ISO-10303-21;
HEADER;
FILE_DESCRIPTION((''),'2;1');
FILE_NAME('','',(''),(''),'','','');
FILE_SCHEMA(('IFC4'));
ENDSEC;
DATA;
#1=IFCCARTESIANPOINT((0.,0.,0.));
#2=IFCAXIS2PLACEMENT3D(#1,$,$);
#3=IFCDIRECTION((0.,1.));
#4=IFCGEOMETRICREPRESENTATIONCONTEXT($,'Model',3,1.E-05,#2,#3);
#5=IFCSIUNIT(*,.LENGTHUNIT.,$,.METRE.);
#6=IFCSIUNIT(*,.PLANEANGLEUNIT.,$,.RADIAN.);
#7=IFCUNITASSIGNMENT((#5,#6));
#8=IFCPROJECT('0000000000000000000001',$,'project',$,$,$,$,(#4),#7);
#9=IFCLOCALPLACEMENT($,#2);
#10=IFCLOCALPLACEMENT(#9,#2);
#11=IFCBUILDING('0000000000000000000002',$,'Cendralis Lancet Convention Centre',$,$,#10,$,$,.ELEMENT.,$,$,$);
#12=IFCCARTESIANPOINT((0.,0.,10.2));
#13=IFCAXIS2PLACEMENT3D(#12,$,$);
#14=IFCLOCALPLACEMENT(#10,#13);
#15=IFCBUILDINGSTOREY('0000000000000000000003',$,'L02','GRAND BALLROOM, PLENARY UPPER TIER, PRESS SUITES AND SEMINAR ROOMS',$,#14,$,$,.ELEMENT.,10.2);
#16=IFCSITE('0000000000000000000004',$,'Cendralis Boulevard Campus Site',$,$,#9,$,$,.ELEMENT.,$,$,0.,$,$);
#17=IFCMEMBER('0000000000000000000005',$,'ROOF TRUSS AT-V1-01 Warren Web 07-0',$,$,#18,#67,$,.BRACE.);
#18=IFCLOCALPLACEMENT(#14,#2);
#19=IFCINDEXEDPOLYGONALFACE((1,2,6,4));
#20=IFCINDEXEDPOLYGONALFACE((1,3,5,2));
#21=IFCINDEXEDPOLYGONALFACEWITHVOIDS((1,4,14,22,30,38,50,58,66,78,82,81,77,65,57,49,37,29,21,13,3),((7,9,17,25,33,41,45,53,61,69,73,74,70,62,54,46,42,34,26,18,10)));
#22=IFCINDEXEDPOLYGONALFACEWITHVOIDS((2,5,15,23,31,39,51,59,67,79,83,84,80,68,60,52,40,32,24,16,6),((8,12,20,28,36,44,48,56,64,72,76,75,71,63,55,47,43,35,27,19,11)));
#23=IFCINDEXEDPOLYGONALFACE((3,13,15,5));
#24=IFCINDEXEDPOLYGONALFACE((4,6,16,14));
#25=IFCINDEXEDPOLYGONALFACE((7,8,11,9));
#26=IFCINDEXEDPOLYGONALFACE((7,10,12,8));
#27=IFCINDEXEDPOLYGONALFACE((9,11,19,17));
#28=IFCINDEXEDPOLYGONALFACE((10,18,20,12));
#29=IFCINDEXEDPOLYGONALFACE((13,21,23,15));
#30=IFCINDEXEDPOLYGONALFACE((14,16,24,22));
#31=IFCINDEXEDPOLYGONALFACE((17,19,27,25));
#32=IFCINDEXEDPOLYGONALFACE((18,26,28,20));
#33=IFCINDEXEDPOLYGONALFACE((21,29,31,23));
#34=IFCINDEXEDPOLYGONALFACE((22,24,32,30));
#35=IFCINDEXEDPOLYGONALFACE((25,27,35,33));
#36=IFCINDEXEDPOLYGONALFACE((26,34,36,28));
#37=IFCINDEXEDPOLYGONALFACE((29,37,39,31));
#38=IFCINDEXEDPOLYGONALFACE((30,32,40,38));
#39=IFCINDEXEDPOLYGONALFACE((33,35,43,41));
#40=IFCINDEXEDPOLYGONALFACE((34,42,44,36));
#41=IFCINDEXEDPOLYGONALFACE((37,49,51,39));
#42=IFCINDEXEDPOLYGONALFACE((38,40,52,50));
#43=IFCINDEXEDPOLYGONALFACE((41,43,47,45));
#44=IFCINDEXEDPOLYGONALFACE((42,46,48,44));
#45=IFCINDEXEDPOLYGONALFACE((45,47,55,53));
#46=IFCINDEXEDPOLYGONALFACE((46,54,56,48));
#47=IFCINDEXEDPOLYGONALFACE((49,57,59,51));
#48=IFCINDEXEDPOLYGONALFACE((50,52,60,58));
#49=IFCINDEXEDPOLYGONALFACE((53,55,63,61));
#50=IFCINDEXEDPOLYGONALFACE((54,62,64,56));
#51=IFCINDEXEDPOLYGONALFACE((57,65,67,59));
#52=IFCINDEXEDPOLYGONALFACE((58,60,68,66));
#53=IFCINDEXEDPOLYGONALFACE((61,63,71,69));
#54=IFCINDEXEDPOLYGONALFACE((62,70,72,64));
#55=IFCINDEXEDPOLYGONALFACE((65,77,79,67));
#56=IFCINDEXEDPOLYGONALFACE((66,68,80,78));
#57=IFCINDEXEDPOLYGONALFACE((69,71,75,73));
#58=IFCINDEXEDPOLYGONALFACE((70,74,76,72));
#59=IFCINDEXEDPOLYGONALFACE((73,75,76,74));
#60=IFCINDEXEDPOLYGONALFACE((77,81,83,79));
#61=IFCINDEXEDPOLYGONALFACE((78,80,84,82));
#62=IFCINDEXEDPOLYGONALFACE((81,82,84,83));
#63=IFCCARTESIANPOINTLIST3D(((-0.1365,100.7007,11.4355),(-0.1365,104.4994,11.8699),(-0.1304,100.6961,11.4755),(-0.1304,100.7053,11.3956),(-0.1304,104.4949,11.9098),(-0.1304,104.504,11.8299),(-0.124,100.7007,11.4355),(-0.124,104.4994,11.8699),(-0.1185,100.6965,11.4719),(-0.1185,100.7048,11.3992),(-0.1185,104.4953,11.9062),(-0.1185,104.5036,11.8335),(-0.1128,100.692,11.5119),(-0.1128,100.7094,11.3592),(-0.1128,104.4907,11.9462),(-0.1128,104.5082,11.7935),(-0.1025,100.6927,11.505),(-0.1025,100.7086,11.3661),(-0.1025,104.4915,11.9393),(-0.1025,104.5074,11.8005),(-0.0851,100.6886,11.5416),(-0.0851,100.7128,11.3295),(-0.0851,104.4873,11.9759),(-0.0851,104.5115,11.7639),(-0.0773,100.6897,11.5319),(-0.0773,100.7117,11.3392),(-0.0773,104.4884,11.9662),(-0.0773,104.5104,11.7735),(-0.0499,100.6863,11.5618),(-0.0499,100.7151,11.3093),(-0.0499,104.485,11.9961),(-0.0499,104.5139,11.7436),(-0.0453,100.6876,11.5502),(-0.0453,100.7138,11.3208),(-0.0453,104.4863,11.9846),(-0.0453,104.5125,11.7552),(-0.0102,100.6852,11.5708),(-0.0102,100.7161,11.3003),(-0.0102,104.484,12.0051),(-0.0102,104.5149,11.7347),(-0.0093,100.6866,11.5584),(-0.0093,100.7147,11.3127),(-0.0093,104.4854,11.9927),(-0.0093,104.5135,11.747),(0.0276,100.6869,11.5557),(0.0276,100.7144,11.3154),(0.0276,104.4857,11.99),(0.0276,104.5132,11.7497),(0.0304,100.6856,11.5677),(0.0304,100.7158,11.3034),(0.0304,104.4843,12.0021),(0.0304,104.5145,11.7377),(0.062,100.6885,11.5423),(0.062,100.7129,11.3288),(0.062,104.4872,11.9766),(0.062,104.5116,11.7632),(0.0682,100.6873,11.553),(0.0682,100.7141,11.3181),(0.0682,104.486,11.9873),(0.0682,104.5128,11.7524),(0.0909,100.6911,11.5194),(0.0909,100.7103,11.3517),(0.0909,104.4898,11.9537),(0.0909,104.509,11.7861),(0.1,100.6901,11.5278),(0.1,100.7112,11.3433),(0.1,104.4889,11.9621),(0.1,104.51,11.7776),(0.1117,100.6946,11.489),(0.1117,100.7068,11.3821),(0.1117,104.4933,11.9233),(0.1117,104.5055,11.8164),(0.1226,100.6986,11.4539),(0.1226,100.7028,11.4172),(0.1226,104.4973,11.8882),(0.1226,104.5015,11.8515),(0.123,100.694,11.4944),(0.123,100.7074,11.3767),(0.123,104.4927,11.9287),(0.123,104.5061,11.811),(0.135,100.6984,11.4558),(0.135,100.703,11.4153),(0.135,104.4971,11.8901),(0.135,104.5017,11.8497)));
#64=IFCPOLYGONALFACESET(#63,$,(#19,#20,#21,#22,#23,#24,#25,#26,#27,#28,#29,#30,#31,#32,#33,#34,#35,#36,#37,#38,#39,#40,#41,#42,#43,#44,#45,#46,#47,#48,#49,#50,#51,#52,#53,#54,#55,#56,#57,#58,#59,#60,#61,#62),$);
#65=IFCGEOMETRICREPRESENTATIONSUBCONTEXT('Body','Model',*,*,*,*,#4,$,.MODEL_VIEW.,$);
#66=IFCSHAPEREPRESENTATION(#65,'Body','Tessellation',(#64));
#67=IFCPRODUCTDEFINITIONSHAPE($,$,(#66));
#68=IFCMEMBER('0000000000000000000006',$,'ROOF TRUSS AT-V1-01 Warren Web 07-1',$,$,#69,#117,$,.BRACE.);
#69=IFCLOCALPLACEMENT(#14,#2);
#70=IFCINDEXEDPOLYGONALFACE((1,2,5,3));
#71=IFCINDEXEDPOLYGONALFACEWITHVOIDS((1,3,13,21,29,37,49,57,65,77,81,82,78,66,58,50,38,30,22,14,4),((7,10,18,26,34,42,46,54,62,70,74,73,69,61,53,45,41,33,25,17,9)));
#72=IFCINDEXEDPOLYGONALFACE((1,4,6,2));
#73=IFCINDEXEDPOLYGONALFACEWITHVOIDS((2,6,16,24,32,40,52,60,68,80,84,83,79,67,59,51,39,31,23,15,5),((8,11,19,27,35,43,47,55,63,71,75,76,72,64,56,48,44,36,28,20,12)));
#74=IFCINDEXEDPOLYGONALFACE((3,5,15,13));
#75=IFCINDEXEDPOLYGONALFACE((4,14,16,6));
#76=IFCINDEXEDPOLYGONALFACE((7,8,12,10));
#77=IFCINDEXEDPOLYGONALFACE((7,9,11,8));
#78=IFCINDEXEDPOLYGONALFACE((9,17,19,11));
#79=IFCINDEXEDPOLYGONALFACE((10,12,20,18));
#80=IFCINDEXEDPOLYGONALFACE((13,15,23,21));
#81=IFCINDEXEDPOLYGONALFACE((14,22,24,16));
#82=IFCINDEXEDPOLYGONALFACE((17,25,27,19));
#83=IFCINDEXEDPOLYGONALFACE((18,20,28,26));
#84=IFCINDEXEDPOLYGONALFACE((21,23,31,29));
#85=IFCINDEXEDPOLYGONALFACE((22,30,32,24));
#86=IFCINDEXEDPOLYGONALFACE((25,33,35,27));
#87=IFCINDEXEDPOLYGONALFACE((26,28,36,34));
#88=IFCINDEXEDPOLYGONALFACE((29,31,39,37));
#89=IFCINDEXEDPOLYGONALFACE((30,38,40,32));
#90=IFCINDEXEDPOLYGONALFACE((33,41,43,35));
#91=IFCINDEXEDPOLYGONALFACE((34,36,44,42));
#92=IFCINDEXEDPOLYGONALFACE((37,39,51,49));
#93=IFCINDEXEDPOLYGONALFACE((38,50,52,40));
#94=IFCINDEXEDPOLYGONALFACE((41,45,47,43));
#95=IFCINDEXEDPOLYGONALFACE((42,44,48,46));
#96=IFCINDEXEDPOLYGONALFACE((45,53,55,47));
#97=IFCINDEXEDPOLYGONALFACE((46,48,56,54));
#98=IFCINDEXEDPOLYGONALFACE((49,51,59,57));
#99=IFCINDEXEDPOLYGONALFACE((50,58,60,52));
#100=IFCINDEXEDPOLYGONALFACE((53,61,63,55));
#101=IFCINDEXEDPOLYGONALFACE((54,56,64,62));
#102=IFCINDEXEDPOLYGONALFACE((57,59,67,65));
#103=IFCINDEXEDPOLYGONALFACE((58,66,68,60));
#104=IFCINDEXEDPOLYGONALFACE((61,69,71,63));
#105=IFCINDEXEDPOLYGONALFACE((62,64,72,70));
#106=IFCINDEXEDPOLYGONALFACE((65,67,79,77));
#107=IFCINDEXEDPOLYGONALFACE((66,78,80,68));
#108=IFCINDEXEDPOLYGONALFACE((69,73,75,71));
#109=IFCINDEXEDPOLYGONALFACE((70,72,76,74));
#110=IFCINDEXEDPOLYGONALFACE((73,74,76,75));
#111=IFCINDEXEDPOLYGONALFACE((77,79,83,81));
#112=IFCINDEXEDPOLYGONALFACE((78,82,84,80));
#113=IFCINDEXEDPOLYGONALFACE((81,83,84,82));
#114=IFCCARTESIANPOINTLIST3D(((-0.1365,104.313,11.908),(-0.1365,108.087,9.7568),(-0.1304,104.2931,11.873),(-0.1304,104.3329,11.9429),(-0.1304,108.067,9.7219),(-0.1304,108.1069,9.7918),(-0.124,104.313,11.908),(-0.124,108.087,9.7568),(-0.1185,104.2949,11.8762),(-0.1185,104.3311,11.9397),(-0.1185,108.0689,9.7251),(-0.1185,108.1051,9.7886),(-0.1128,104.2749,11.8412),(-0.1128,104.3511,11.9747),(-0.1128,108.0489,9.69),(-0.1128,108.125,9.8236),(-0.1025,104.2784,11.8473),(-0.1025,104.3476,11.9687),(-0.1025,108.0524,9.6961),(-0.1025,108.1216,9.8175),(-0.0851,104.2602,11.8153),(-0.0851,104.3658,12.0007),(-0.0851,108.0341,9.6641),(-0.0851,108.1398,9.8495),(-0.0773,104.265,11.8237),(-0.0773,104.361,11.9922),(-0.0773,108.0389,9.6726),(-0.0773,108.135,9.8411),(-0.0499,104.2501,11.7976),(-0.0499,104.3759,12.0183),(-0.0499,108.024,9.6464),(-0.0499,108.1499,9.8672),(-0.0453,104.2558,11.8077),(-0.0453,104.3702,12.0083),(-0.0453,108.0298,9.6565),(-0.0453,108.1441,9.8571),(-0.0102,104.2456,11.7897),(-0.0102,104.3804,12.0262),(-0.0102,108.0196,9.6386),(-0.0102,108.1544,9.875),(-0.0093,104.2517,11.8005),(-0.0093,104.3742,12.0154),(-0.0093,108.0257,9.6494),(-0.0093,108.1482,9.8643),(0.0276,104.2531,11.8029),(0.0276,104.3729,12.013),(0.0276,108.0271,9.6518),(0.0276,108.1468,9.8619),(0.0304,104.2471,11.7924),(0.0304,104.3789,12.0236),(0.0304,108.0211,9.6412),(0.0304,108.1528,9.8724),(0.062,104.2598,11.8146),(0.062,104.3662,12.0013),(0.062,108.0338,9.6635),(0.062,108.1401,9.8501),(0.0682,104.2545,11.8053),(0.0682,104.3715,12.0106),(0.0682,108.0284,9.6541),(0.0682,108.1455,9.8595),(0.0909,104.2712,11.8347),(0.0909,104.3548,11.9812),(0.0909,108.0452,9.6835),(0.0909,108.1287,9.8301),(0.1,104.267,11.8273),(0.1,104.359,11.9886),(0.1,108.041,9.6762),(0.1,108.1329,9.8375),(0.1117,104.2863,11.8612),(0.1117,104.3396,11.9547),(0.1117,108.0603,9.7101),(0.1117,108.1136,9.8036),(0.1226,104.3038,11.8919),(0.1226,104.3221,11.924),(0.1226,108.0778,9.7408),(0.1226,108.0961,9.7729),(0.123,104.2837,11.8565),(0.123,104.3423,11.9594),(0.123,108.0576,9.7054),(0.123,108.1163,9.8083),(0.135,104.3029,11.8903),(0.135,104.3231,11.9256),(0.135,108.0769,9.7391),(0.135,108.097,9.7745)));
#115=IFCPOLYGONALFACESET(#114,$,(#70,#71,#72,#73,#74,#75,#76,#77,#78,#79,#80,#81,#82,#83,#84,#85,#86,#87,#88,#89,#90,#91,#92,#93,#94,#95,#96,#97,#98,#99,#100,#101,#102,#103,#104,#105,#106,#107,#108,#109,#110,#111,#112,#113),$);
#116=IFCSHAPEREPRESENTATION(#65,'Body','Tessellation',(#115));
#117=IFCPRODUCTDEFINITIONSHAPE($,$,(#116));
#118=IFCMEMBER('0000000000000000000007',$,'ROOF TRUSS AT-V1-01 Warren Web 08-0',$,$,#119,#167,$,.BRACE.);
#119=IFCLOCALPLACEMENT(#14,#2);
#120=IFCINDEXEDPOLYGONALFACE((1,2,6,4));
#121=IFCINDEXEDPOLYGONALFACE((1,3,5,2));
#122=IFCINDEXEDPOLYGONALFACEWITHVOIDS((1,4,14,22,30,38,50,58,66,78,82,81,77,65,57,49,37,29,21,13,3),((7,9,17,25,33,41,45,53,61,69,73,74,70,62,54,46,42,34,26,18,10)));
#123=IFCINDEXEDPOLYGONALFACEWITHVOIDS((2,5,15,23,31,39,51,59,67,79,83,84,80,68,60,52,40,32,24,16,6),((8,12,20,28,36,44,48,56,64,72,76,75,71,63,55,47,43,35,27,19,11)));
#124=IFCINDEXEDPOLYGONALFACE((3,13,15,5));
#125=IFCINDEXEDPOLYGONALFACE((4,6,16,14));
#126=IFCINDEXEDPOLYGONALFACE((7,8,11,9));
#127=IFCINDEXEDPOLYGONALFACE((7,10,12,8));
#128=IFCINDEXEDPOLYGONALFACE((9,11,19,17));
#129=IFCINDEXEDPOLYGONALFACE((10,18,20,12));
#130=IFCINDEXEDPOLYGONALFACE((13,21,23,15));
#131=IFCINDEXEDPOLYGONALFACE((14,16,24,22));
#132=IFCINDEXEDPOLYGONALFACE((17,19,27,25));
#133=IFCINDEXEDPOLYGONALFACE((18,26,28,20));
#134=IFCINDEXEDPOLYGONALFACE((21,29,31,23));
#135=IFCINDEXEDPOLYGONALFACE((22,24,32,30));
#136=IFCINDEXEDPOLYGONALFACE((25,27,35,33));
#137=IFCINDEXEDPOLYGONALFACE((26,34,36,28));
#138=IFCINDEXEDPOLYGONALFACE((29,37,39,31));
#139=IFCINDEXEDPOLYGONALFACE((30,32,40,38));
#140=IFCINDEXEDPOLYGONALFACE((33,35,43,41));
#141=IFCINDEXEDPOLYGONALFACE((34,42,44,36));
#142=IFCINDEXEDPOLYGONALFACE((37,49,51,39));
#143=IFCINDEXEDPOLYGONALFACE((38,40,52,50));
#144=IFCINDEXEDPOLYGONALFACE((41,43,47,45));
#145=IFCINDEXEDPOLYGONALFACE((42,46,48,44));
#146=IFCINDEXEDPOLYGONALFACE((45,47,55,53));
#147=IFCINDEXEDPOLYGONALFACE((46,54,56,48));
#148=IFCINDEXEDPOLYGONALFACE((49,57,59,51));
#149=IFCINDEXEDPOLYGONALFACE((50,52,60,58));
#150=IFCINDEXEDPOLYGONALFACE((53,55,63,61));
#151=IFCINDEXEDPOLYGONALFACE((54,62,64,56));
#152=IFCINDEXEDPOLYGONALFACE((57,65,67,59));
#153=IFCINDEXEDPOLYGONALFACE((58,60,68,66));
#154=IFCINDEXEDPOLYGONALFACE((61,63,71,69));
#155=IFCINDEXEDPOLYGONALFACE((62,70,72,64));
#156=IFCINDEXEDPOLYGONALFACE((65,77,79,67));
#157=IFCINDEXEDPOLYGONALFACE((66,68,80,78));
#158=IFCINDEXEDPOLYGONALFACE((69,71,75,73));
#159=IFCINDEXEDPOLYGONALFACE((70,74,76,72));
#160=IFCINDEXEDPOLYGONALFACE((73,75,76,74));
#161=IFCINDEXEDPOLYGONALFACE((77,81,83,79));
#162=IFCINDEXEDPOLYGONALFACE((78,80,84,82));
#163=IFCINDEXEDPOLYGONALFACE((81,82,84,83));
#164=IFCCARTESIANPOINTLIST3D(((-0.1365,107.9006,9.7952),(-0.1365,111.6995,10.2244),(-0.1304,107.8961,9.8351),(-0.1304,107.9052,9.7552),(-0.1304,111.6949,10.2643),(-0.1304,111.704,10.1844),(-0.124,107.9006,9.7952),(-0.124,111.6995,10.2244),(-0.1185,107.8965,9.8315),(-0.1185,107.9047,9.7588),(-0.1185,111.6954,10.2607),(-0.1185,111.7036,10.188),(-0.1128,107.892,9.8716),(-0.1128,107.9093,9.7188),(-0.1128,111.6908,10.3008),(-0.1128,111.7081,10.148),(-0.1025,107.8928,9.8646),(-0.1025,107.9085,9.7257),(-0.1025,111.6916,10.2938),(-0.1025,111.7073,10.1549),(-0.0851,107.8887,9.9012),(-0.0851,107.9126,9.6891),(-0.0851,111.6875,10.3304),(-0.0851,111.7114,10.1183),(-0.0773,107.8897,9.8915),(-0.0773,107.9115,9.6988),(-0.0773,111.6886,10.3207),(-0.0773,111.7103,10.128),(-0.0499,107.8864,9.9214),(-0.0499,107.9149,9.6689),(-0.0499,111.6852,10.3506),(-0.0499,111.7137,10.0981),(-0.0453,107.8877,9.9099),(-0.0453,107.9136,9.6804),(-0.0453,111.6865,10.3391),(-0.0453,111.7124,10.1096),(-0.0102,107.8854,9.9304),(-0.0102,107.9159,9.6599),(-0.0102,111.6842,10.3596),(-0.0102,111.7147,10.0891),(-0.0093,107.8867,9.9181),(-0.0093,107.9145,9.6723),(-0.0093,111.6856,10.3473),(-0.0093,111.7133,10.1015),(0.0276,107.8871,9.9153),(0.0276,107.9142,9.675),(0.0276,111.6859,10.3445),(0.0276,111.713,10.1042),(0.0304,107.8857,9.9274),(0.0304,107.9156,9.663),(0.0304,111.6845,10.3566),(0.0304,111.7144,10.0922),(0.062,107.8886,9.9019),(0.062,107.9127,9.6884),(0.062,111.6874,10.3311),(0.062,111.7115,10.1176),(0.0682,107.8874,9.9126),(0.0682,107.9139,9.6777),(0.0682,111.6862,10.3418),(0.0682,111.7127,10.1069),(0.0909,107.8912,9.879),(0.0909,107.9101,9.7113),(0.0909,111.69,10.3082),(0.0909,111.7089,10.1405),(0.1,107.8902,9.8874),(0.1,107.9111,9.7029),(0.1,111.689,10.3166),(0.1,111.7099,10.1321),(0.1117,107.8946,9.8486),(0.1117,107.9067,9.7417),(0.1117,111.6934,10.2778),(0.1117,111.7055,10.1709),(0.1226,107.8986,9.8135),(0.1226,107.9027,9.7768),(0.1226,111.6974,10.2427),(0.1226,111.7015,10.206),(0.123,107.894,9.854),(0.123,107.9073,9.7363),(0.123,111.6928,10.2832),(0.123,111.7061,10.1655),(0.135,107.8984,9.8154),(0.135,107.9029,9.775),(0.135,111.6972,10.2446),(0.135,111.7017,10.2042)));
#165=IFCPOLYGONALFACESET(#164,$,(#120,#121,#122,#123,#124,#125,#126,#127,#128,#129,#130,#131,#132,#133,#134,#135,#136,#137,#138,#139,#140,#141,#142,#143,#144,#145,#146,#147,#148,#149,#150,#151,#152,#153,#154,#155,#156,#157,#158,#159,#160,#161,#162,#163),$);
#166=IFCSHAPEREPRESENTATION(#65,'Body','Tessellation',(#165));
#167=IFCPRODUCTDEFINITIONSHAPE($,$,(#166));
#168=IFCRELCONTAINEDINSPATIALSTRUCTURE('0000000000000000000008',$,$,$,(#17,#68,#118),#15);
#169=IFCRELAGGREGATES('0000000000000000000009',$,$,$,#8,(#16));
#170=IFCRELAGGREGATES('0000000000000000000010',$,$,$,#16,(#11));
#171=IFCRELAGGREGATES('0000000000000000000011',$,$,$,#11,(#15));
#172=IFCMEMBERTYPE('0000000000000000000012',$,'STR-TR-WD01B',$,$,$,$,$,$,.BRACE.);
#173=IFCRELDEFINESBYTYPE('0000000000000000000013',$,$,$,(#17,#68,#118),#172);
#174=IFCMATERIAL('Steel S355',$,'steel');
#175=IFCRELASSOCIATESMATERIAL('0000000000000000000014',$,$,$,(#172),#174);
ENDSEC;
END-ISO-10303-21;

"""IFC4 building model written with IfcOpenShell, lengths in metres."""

from ifc_helpers import new_model, si_unit, direction, frame, origin, origin_2d, place, context, subcontext, project, spatial, hollow_circle, extrude, material, material_profile, profile_set, type_object, element, save


model = new_model("IFC4")

# Units and contexts
model_context = context("Model", 3, precision=1e-05, world=origin(), true_north=direction((0.0, 1.0)))
body_context = subcontext(model_context, "Body", "Model", "MODEL_VIEW")
ifc_project = project(units=[si_unit("LENGTHUNIT", "METRE"), si_unit("PLANEANGLEUNIT", "RADIAN")], contexts=[model_context])

# Site, building, storey
site_placement = place(None, origin())
site = spatial("IfcSite", under=ifc_project, at=site_placement, Name="Cendralis Boulevard Campus Site", CompositionType="ELEMENT", RefElevation=0.0)
building_placement = place(site_placement, origin())
building = spatial("IfcBuilding", under=site, at=building_placement, Name="Cendralis Lancet Convention Centre", CompositionType="ELEMENT")
storey_placement = place(building_placement, frame((0.0, 0.0, 10.2)))
storey = spatial("IfcBuildingStorey", under=building, at=storey_placement, Name="L02", Description="GRAND BALLROOM, PLENARY UPPER TIER, PRESS SUITES AND SEMINAR ROOMS", CompositionType="ELEMENT", Elevation=10.2)

# Members
ifc_material = material(Name="Steel S355", Category="steel")
ifc_material_profile_1 = material_profile(ifc_material, hollow_circle(Radius=0.1365, WallThickness=0.0125, at=origin_2d()), Name="CHS 273.0x12.5")
ifc_profile_set_1 = profile_set([ifc_material_profile_1], Name="Steel S355")
member_type_1 = type_object("IfcMemberType", Name="STR-TR-WD01B", PredefinedType="BRACE", material=ifc_profile_set_1)
member_1_placement = place(storey_placement, frame((0.0, 100.7007, 11.4355), z_axis=(0.0, 0.993528, 0.113592), x_axis=(-1.0, 0.0, 0.0)))
element("IfcMember", 1, at=member_1_placement, inside=storey, type_object=member_type_1, Name="ROOF TRUSS AT-V1-01 Warren Web 07-0", PredefinedType="BRACE", context=body_context, shape_type="SweptSolid", body=[
    extrude(hollow_circle(Radius=0.1365, WallThickness=0.0125, at=origin_2d()), origin(), (0.0, 0.0, 1.0), 3.8235),
])
member_2_placement = place(storey_placement, frame((0.0, 104.313, 11.908), z_axis=(0.0, 0.868779, -0.4952), x_axis=(-1.0, 0.0, 0.0)))
element("IfcMember", 2, at=member_2_placement, inside=storey, type_object=member_type_1, Name="ROOF TRUSS AT-V1-01 Warren Web 07-1", PredefinedType="BRACE", context=body_context, shape_type="SweptSolid", body=[
    extrude(hollow_circle(Radius=0.1365, WallThickness=0.0125, at=origin_2d()), origin(), (0.0, 0.0, 1.0), 4.344),
])
member_3_placement = place(storey_placement, frame((0.0, 107.9006, 9.7952), z_axis=(0.0, 0.993678, 0.112268), x_axis=(-1.0, 0.0, 0.0)))
element("IfcMember", 3, at=member_3_placement, inside=storey, type_object=member_type_1, Name="ROOF TRUSS AT-V1-01 Warren Web 08-0", PredefinedType="BRACE", context=body_context, shape_type="SweptSolid", body=[
    extrude(hollow_circle(Radius=0.1365, WallThickness=0.0125, at=origin_2d()), origin(), (0.0, 0.0, 1.0), 3.823),
])

save(model, "model.ifc")
